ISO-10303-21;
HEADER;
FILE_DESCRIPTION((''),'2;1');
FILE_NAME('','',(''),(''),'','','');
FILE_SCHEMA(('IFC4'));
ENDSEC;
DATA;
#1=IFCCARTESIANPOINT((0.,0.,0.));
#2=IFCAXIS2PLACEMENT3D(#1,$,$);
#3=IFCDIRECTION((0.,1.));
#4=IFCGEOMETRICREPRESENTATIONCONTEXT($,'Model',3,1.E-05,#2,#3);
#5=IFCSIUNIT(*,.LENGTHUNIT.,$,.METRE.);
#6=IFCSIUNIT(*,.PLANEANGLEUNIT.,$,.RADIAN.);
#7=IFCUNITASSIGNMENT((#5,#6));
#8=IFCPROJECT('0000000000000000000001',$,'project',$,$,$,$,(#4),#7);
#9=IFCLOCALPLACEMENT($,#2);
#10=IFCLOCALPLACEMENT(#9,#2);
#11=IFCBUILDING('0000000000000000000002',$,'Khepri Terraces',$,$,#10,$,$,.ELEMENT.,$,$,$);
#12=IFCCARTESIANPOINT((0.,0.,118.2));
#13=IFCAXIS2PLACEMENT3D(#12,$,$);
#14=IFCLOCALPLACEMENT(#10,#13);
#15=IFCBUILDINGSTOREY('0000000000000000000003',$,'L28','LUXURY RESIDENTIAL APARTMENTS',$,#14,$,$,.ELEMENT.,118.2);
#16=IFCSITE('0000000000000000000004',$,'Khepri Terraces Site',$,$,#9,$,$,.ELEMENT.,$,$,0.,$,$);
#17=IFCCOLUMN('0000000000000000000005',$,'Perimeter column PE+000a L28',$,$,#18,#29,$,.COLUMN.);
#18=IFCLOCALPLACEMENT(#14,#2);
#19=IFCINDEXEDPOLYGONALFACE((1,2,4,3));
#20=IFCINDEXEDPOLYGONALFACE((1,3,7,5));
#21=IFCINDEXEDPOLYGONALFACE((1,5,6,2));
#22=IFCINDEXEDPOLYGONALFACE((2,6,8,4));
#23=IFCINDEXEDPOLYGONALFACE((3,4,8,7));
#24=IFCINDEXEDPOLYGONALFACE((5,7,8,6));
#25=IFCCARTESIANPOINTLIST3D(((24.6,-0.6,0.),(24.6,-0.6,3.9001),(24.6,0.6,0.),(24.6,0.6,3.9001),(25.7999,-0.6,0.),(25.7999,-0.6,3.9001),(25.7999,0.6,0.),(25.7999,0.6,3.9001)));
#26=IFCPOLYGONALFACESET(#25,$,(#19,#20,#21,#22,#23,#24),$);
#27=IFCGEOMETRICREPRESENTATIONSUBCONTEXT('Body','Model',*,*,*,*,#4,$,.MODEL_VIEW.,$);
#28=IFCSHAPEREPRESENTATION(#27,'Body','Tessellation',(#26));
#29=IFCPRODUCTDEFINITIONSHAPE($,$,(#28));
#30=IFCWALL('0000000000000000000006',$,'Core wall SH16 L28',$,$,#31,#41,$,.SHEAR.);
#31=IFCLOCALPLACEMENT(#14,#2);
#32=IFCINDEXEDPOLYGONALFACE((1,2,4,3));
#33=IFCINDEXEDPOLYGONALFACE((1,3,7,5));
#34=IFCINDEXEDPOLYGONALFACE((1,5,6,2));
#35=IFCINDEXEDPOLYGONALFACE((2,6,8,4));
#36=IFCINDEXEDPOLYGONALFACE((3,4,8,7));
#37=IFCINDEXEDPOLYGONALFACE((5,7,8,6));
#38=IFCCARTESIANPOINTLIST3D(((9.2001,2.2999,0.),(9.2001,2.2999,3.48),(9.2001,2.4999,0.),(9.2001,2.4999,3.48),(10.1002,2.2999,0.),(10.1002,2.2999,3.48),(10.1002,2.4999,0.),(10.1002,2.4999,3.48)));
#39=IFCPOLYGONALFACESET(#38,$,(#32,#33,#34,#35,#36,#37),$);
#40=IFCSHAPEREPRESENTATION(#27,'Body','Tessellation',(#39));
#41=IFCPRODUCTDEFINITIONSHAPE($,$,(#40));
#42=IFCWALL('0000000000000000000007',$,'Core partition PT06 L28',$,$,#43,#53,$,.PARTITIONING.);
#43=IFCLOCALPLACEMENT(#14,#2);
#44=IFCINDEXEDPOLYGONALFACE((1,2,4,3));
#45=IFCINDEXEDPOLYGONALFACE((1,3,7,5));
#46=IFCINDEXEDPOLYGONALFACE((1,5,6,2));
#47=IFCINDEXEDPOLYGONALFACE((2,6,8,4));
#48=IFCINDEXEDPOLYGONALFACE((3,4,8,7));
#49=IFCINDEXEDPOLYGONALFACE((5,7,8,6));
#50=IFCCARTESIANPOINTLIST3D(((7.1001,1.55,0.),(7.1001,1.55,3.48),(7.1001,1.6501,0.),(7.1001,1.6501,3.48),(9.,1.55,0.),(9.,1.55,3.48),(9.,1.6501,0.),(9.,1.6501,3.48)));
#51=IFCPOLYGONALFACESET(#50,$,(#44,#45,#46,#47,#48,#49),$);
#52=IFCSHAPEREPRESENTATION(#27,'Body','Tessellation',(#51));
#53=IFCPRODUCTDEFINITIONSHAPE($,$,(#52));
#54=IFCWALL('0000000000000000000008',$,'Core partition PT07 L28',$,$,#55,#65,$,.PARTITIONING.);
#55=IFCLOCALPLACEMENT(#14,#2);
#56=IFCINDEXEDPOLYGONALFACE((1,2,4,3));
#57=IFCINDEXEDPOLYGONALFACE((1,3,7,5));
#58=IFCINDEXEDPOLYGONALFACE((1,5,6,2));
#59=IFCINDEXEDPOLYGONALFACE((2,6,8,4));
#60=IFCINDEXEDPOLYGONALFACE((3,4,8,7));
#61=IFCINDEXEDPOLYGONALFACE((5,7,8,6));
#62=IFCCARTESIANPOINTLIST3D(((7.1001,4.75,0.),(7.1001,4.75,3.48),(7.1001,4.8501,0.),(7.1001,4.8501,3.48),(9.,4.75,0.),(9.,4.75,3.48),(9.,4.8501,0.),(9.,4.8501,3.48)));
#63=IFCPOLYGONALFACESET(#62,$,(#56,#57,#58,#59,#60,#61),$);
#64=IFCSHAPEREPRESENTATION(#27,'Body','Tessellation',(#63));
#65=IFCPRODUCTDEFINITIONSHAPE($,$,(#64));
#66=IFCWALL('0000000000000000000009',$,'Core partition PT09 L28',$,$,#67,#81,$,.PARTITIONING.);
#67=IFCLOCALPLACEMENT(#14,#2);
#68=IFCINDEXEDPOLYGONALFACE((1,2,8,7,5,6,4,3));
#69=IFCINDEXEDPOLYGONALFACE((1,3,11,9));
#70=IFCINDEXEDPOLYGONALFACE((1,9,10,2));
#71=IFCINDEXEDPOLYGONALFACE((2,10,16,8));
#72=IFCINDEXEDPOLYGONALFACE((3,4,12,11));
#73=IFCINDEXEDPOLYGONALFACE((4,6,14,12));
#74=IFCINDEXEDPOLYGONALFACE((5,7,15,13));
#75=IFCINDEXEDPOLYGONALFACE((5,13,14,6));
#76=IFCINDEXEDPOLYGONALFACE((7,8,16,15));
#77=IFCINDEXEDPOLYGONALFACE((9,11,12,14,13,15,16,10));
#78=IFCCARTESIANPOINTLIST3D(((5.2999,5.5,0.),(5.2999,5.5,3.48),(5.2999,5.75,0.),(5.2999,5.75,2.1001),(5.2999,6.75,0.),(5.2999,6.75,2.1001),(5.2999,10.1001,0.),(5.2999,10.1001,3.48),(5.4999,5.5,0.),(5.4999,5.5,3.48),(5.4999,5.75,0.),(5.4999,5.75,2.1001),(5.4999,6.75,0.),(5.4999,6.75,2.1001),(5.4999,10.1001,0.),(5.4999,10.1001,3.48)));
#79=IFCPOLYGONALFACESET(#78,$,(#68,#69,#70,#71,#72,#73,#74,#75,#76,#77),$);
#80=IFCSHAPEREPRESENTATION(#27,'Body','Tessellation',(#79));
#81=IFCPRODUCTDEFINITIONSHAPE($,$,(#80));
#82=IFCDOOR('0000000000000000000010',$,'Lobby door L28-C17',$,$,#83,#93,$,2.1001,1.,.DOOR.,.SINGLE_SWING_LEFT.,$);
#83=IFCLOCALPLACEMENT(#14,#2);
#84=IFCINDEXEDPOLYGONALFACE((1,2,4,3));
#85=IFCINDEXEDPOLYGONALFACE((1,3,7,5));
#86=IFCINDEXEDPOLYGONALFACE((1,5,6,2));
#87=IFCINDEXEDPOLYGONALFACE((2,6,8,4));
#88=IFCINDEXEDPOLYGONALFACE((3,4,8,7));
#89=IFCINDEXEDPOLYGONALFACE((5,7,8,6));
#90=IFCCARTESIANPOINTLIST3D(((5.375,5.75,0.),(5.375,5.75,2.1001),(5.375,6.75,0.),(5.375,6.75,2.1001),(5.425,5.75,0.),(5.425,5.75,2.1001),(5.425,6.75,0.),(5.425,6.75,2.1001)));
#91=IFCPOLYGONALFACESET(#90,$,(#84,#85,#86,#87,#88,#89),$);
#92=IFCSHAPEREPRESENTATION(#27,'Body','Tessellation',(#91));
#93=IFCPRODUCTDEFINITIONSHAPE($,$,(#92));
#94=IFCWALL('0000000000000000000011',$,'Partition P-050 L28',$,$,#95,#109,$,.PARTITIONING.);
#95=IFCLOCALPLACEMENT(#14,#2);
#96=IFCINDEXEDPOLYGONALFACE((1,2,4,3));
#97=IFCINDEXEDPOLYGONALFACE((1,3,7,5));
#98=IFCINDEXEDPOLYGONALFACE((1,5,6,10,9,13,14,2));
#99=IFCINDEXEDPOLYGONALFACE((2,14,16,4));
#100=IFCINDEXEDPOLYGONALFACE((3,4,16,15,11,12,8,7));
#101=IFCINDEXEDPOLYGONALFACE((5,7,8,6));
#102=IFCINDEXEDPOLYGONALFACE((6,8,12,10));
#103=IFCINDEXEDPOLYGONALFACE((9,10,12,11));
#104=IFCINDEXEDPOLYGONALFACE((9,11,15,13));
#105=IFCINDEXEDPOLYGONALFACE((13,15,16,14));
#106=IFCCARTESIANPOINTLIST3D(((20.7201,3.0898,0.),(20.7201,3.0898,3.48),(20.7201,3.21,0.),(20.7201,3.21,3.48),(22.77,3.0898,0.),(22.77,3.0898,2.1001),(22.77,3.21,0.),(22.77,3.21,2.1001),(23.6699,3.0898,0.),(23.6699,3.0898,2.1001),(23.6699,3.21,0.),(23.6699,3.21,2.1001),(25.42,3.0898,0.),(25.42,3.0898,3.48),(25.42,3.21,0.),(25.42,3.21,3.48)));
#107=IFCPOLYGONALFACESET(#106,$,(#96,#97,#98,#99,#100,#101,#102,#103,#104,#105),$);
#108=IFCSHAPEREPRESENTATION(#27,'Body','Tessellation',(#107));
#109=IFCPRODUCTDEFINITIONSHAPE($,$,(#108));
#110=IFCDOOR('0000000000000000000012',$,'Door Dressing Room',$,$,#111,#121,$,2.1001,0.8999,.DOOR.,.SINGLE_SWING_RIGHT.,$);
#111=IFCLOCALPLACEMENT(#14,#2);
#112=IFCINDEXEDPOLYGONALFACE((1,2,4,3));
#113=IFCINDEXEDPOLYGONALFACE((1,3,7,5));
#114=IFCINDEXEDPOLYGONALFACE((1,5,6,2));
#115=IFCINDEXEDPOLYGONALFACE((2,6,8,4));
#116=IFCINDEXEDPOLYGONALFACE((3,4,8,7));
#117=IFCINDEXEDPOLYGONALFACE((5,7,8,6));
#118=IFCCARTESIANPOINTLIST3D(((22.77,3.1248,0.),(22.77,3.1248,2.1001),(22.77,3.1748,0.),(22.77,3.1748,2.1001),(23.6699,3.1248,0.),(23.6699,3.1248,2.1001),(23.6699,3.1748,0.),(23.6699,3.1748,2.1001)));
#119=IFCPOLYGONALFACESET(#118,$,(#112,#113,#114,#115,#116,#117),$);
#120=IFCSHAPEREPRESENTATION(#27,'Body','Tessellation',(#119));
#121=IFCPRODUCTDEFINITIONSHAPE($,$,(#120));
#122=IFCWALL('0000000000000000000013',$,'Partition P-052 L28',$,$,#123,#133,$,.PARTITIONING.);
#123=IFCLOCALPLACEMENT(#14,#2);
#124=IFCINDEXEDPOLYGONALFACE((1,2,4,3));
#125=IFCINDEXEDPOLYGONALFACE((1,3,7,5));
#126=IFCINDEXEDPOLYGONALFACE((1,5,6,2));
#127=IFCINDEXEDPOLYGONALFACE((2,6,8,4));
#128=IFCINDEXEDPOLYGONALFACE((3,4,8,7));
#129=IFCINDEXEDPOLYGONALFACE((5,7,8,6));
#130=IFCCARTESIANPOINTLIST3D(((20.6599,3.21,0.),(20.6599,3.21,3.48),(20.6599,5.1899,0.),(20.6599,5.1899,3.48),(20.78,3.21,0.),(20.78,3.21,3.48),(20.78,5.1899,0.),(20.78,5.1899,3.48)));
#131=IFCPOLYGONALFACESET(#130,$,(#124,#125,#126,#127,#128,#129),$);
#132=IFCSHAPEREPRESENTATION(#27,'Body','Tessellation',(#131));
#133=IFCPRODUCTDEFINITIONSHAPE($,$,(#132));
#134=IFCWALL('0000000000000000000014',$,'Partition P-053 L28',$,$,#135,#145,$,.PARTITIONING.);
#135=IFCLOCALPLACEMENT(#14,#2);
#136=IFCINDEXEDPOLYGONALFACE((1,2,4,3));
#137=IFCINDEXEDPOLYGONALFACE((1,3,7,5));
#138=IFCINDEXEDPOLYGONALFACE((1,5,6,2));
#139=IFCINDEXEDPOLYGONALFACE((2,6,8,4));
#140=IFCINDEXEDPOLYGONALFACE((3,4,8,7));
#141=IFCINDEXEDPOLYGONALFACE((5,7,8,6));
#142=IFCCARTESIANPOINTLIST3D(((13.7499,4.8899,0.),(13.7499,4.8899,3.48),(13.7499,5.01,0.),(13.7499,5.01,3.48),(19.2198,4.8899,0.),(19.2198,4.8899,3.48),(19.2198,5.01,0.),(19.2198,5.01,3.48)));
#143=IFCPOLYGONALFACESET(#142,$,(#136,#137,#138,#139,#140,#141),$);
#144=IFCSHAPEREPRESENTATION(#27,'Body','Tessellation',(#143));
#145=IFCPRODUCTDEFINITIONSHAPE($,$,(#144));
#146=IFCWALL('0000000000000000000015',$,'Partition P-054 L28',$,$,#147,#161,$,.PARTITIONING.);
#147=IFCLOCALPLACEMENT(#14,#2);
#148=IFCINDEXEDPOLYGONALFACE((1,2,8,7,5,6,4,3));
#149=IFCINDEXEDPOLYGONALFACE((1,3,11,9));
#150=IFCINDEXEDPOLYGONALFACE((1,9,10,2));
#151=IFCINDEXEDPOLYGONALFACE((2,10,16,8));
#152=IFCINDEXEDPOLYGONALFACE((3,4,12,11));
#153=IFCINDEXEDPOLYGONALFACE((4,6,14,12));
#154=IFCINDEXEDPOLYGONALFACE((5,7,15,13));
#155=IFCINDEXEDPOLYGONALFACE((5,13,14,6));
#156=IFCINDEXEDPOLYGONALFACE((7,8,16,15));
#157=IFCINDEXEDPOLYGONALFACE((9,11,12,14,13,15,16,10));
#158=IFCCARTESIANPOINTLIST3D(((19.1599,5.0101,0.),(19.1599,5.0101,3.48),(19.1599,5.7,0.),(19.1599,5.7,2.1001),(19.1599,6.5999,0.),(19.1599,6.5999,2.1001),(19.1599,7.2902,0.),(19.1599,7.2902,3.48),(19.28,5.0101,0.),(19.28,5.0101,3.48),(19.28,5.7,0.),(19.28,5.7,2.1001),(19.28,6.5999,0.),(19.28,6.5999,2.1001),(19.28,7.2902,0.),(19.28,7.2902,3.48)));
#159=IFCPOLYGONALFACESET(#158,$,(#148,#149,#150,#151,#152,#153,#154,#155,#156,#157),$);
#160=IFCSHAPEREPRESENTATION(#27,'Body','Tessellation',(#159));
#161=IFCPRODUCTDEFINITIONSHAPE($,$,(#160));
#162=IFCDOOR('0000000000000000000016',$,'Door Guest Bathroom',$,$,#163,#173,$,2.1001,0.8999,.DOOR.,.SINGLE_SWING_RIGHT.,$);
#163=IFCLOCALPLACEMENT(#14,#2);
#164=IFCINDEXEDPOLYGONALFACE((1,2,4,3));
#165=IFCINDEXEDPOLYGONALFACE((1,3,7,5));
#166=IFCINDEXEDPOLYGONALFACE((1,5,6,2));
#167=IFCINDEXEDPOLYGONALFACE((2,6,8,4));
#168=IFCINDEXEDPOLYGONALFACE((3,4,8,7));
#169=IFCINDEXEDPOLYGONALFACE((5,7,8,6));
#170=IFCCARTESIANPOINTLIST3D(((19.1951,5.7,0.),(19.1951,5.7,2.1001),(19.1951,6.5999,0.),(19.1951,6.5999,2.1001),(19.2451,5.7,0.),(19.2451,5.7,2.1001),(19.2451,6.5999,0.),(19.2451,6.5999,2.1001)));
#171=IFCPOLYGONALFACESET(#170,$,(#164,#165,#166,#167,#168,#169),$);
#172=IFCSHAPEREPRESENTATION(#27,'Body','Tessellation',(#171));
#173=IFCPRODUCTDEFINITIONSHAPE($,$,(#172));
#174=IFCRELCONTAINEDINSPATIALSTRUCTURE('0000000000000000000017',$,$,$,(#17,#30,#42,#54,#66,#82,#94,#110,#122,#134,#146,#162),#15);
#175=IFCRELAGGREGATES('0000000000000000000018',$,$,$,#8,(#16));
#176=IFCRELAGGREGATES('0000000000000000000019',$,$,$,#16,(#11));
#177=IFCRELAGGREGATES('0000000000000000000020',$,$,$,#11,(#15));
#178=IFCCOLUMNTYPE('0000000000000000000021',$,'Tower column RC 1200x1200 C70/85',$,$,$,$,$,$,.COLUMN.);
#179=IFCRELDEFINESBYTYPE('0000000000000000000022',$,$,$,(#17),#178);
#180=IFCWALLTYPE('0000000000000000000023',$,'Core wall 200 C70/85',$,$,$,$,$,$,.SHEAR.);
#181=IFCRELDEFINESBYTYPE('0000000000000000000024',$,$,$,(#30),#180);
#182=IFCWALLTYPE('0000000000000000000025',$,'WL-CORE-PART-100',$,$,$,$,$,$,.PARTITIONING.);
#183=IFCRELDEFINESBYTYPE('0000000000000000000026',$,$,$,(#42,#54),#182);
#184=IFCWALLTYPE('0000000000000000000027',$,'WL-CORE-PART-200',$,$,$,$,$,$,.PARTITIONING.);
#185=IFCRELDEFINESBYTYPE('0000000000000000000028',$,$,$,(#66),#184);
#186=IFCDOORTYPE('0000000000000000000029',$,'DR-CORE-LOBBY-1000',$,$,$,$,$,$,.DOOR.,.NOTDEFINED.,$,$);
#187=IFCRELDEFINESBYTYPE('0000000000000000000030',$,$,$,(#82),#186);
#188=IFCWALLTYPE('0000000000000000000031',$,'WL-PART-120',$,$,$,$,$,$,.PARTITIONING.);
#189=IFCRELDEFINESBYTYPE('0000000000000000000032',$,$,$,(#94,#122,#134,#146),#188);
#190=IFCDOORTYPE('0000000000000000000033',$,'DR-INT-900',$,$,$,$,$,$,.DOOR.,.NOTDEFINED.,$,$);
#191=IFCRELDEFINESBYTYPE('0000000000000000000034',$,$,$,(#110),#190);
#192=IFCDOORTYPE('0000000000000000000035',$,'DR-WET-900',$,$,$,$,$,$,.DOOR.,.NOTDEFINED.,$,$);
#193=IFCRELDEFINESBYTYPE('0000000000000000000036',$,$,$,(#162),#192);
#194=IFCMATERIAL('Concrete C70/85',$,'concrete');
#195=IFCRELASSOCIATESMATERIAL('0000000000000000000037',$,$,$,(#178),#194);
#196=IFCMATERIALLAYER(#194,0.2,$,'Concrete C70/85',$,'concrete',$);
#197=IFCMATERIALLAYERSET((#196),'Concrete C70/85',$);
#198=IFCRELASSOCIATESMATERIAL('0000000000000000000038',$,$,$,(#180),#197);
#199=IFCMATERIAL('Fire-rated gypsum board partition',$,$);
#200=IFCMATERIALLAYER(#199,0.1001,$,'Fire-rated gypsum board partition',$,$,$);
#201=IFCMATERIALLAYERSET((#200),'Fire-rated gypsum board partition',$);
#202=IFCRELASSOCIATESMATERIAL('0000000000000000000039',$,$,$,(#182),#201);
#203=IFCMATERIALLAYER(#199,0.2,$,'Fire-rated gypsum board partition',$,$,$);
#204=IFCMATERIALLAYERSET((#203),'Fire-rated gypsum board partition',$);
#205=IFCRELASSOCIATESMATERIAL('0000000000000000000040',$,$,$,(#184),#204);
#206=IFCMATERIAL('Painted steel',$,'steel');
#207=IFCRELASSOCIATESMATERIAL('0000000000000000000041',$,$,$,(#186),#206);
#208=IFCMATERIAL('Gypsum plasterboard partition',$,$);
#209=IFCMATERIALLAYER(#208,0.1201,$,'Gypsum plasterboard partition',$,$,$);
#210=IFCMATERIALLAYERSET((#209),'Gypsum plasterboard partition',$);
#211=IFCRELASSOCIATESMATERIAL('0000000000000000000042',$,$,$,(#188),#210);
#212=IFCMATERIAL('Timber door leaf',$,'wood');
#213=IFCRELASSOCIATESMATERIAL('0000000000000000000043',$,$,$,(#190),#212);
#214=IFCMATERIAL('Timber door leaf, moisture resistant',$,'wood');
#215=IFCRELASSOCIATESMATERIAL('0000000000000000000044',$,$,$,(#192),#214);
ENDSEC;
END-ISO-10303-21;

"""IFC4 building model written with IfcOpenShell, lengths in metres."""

from ifc_helpers import new_model, si_unit, direction, frame, frame_2d, origin, origin_2d, place, context, subcontext, project, spatial, rectangle, extrude, material, layer, layer_set, material_profile, profile_set, type_object, element, fill, save


model = new_model("IFC4")

# Units and contexts
model_context = context("Model", 3, precision=1e-05, world=origin(), true_north=direction((0.0, 1.0)))
body_context = subcontext(model_context, "Body", "Model", "MODEL_VIEW")
ifc_project = project(units=[si_unit("LENGTHUNIT", "METRE"), si_unit("PLANEANGLEUNIT", "RADIAN")], contexts=[model_context])

# Site, building, storey
site_placement = place(None, origin())
site = spatial("IfcSite", under=ifc_project, at=site_placement, Name="Khepri Terraces Site", CompositionType="ELEMENT", RefElevation=0.0)
building_placement = place(site_placement, origin())
building = spatial("IfcBuilding", under=site, at=building_placement, Name="Khepri Terraces", CompositionType="ELEMENT")
storey_placement = place(building_placement, frame((0.0, 0.0, 118.2)))
storey = spatial("IfcBuildingStorey", under=building, at=storey_placement, Name="L28", Description="LUXURY RESIDENTIAL APARTMENTS", CompositionType="ELEMENT", Elevation=118.2)

# Column
ifc_material_1 = material(Name="Concrete C70/85", Category="concrete")
ifc_material_profile = material_profile(ifc_material_1, rectangle(XDim=1.2, YDim=1.2, at=origin_2d()), Name="Concrete C70/85", Category="concrete")
ifc_profile_set = profile_set([ifc_material_profile], Name="Concrete C70/85")
column_type = type_object("IfcColumnType", Name="Tower column RC 1200x1200 C70/85", PredefinedType="COLUMN", material=ifc_profile_set)
column_placement = place(storey_placement, frame((25.2, 0.0, 0.0), z_axis=(0.0, 0.0, 1.0), x_axis=(1.0, 0.0, 0.0)))
element("IfcColumn", 1, at=column_placement, inside=storey, type_object=column_type, Name="Perimeter column PE+000a L28", PredefinedType="COLUMN", context=body_context, shape_type="SweptSolid", body=[
    extrude(rectangle(XDim=1.2, YDim=1.2, at=origin_2d()), origin(), (0.0, 0.0, 1.0), 3.9001),
])

# Walls
ifc_layer_1 = layer(ifc_material_1, 0.2, Name="Concrete C70/85", Category="concrete")
ifc_layer_set_1 = layer_set([ifc_layer_1], Name="Concrete C70/85")
wall_type_1 = type_object("IfcWallType", Name="Core wall 200 C70/85", PredefinedType="SHEAR", material=ifc_layer_set_1)
wall_1_placement = place(storey_placement, frame((9.2, 2.3999, 0.0), z_axis=(0.0, 0.0, 1.0), x_axis=(1.0, 0.0, 0.0)))
element("IfcWall", 2, at=wall_1_placement, inside=storey, type_object=wall_type_1, Name="Core wall SH16 L28", PredefinedType="SHEAR", context=body_context, shape_type="SweptSolid", body=[
    extrude(rectangle(XDim=0.9001, YDim=0.2, at=frame_2d((0.4502, 0.0))), origin(), (0.0, 0.0, 1.0), 3.48),
])
ifc_material_2 = material(Name="Fire-rated gypsum board partition")
ifc_layer_2 = layer(ifc_material_2, 0.1001, Name="Fire-rated gypsum board partition")
ifc_layer_set_2 = layer_set([ifc_layer_2], Name="Fire-rated gypsum board partition")
wall_type_2 = type_object("IfcWallType", Name="WL-CORE-PART-100", PredefinedType="PARTITIONING", material=ifc_layer_set_2)
for number, where, z_axis, x_axis, name in (
    (3, (7.1001, 1.6001, 0.0), (0.0, 0.0, 1.0), (1.0, 0.0, 0.0), "Core partition PT06 L28"),
    (4, (7.1001, 4.8, 0.0), (0.0, 0.0, 1.0), (1.0, 0.0, 0.0), "Core partition PT07 L28"),
):
    element("IfcWall", number, at=place(storey_placement, frame(where, z_axis=z_axis, x_axis=x_axis)), inside=storey, type_object=wall_type_2, Name=name, PredefinedType="PARTITIONING", context=body_context, shape_type="SweptSolid", body=[
        extrude(rectangle(XDim=1.8999, YDim=0.1001, at=frame_2d((0.95, 0.0))), origin(), (0.0, 0.0, 1.0), 3.48),
    ])

# Wall, opening, door
ifc_layer_3 = layer(ifc_material_2, 0.2, Name="Fire-rated gypsum board partition")
ifc_layer_set_3 = layer_set([ifc_layer_3], Name="Fire-rated gypsum board partition")
wall_type_3 = type_object("IfcWallType", Name="WL-CORE-PART-200", PredefinedType="PARTITIONING", material=ifc_layer_set_3)
wall_2_placement = place(storey_placement, frame((5.3999, 5.5, 0.0), z_axis=(0.0, 0.0, 1.0), x_axis=(0.0, 1.0, 0.0)))
wall_2 = element("IfcWall", 5, at=wall_2_placement, inside=storey, type_object=wall_type_3, Name="Core partition PT09 L28", PredefinedType="PARTITIONING", context=body_context, shape_type="SweptSolid", body=[
    extrude(rectangle(XDim=4.6001, YDim=0.2, at=frame_2d((2.3, 0.0))), origin(), (0.0, 0.0, 1.0), 3.48),
])
opening_1_placement = place(wall_2_placement, frame((0.25, 0.0, 0.0)))
opening_1 = element("IfcOpeningElement", 6, at=opening_1_placement, cuts=wall_2, PredefinedType="OPENING", context=body_context, shape_type="SweptSolid", body=[
    extrude(rectangle(XDim=1.0, YDim=2.1001, at=frame_2d((0.5, 1.05))), frame((0.0, 0.1099, 0.0), z_axis=(0.0, -1.0, 0.0), x_axis=(1.0, 0.0, 0.0)), (0.0, 0.0, 1.0), 0.22),
])
ifc_material_3 = material(Name="Painted steel", Category="steel")
door_type_1 = type_object("IfcDoorType", Name="DR-CORE-LOBBY-1000", OperationType="NOTDEFINED", PredefinedType="DOOR", material=ifc_material_3)
door_1_placement = place(opening_1_placement, origin())
door_1 = element("IfcDoor", 7, at=door_1_placement, inside=storey, type_object=door_type_1, Name="Lobby door L28-C17", OperationType="SINGLE_SWING_LEFT", OverallHeight=2.1001, OverallWidth=1.0, PredefinedType="DOOR", context=body_context, shape_type="SweptSolid", body=[
    extrude(rectangle(XDim=1.0, YDim=2.1001, at=frame_2d((0.5, 1.05))), frame((0.0, 0.0249, 0.0), z_axis=(0.0, -1.0, 0.0), x_axis=(1.0, 0.0, 0.0)), (0.0, 0.0, 1.0), 0.05),
])
fill(opening_1, door_1)

# Wall, opening, door
ifc_material_4 = material(Name="Gypsum plasterboard partition")
ifc_layer_4 = layer(ifc_material_4, 0.1201, Name="Gypsum plasterboard partition")
ifc_layer_set_4 = layer_set([ifc_layer_4], Name="Gypsum plasterboard partition")
wall_type_4 = type_object("IfcWallType", Name="WL-PART-120", PredefinedType="PARTITIONING", material=ifc_layer_set_4)
wall_3_placement = place(storey_placement, frame((20.72, 3.1499, 0.0), z_axis=(0.0, 0.0, 1.0), x_axis=(1.0, 0.0, 0.0)))
wall_3 = element("IfcWall", 8, at=wall_3_placement, inside=storey, type_object=wall_type_4, Name="Partition P-050 L28", PredefinedType="PARTITIONING", context=body_context, shape_type="SweptSolid", body=[
    extrude(rectangle(XDim=4.7, YDim=0.1201, at=frame_2d((2.3501, 0.0))), origin(), (0.0, 0.0, 1.0), 3.48),
])
opening_2_placement = place(wall_3_placement, frame((2.05, 0.0, 0.0)))
opening_2 = element("IfcOpeningElement", 9, at=opening_2_placement, cuts=wall_3, PredefinedType="OPENING", context=body_context, shape_type="SweptSolid", body=[
    extrude(rectangle(XDim=0.8999, YDim=2.1001, at=frame_2d((0.45, 1.05))), frame((0.0, 0.0701, 0.0), z_axis=(0.0, -1.0, 0.0), x_axis=(1.0, 0.0, 0.0)), (0.0, 0.0, 1.0), 0.1401),
])
ifc_material_5 = material(Name="Timber door leaf", Category="wood")
door_type_2 = type_object("IfcDoorType", Name="DR-INT-900", OperationType="NOTDEFINED", PredefinedType="DOOR", material=ifc_material_5)
door_2_placement = place(opening_2_placement, origin())
door_2 = element("IfcDoor", 10, at=door_2_placement, inside=storey, type_object=door_type_2, Name="Door Dressing Room", OperationType="SINGLE_SWING_RIGHT", OverallHeight=2.1001, OverallWidth=0.8999, PredefinedType="DOOR", context=body_context, shape_type="SweptSolid", body=[
    extrude(rectangle(XDim=0.8999, YDim=2.1001, at=frame_2d((0.45, 1.05))), frame((0.0, 0.0249, 0.0), z_axis=(0.0, -1.0, 0.0), x_axis=(1.0, 0.0, 0.0)), (0.0, 0.0, 1.0), 0.05),
])
fill(opening_2, door_2)

# Walls
wall_4_placement = place(storey_placement, frame((20.72, 3.21, 0.0), z_axis=(0.0, 0.0, 1.0), x_axis=(0.0, 1.0, 0.0)))
element("IfcWall", 11, at=wall_4_placement, inside=storey, type_object=wall_type_4, Name="Partition P-052 L28", PredefinedType="PARTITIONING", context=body_context, shape_type="SweptSolid", body=[
    extrude(rectangle(XDim=1.98, YDim=0.1201, at=frame_2d((0.99, 0.0))), origin(), (0.0, 0.0, 1.0), 3.48),
])
wall_5_placement = place(storey_placement, frame((13.75, 4.95, 0.0), z_axis=(0.0, 0.0, 1.0), x_axis=(1.0, 0.0, 0.0)))
element("IfcWall", 12, at=wall_5_placement, inside=storey, type_object=wall_type_4, Name="Partition P-053 L28", PredefinedType="PARTITIONING", context=body_context, shape_type="SweptSolid", body=[
    extrude(rectangle(XDim=5.47, YDim=0.1201, at=frame_2d((2.7349, 0.0))), origin(), (0.0, 0.0, 1.0), 3.48),
])

# Wall, opening, door
wall_6_placement = place(storey_placement, frame((19.22, 5.01, 0.0), z_axis=(0.0, 0.0, 1.0), x_axis=(0.0, 1.0, 0.0)))
wall_6 = element("IfcWall", 13, at=wall_6_placement, inside=storey, type_object=wall_type_4, Name="Partition P-054 L28", PredefinedType="PARTITIONING", context=body_context, shape_type="SweptSolid", body=[
    extrude(rectangle(XDim=2.28, YDim=0.1201, at=frame_2d((1.1401, 0.0))), origin(), (0.0, 0.0, 1.0), 3.48),
])
opening_3_placement = place(wall_6_placement, frame((0.6899, 0.0, 0.0)))
opening_3 = element("IfcOpeningElement", 14, at=opening_3_placement, cuts=wall_6, PredefinedType="OPENING", context=body_context, shape_type="SweptSolid", body=[
    extrude(rectangle(XDim=0.8999, YDim=2.1001, at=frame_2d((0.45, 1.05))), frame((0.0, 0.0701, 0.0), z_axis=(0.0, -1.0, 0.0), x_axis=(1.0, 0.0, 0.0)), (0.0, 0.0, 1.0), 0.1401),
])
ifc_material_6 = material(Name="Timber door leaf, moisture resistant", Category="wood")
door_type_3 = type_object("IfcDoorType", Name="DR-WET-900", OperationType="NOTDEFINED", PredefinedType="DOOR", material=ifc_material_6)
door_3_placement = place(opening_3_placement, origin())
door_3 = element("IfcDoor", 15, at=door_3_placement, inside=storey, type_object=door_type_3, Name="Door Guest Bathroom", OperationType="SINGLE_SWING_RIGHT", OverallHeight=2.1001, OverallWidth=0.8999, PredefinedType="DOOR", context=body_context, shape_type="SweptSolid", body=[
    extrude(rectangle(XDim=0.8999, YDim=2.1001, at=frame_2d((0.45, 1.05))), frame((0.0, 0.0249, 0.0), z_axis=(0.0, -1.0, 0.0), x_axis=(1.0, 0.0, 0.0)), (0.0, 0.0, 1.0), 0.05),
])
fill(opening_3, door_3)

save(model, "model.ifc")
